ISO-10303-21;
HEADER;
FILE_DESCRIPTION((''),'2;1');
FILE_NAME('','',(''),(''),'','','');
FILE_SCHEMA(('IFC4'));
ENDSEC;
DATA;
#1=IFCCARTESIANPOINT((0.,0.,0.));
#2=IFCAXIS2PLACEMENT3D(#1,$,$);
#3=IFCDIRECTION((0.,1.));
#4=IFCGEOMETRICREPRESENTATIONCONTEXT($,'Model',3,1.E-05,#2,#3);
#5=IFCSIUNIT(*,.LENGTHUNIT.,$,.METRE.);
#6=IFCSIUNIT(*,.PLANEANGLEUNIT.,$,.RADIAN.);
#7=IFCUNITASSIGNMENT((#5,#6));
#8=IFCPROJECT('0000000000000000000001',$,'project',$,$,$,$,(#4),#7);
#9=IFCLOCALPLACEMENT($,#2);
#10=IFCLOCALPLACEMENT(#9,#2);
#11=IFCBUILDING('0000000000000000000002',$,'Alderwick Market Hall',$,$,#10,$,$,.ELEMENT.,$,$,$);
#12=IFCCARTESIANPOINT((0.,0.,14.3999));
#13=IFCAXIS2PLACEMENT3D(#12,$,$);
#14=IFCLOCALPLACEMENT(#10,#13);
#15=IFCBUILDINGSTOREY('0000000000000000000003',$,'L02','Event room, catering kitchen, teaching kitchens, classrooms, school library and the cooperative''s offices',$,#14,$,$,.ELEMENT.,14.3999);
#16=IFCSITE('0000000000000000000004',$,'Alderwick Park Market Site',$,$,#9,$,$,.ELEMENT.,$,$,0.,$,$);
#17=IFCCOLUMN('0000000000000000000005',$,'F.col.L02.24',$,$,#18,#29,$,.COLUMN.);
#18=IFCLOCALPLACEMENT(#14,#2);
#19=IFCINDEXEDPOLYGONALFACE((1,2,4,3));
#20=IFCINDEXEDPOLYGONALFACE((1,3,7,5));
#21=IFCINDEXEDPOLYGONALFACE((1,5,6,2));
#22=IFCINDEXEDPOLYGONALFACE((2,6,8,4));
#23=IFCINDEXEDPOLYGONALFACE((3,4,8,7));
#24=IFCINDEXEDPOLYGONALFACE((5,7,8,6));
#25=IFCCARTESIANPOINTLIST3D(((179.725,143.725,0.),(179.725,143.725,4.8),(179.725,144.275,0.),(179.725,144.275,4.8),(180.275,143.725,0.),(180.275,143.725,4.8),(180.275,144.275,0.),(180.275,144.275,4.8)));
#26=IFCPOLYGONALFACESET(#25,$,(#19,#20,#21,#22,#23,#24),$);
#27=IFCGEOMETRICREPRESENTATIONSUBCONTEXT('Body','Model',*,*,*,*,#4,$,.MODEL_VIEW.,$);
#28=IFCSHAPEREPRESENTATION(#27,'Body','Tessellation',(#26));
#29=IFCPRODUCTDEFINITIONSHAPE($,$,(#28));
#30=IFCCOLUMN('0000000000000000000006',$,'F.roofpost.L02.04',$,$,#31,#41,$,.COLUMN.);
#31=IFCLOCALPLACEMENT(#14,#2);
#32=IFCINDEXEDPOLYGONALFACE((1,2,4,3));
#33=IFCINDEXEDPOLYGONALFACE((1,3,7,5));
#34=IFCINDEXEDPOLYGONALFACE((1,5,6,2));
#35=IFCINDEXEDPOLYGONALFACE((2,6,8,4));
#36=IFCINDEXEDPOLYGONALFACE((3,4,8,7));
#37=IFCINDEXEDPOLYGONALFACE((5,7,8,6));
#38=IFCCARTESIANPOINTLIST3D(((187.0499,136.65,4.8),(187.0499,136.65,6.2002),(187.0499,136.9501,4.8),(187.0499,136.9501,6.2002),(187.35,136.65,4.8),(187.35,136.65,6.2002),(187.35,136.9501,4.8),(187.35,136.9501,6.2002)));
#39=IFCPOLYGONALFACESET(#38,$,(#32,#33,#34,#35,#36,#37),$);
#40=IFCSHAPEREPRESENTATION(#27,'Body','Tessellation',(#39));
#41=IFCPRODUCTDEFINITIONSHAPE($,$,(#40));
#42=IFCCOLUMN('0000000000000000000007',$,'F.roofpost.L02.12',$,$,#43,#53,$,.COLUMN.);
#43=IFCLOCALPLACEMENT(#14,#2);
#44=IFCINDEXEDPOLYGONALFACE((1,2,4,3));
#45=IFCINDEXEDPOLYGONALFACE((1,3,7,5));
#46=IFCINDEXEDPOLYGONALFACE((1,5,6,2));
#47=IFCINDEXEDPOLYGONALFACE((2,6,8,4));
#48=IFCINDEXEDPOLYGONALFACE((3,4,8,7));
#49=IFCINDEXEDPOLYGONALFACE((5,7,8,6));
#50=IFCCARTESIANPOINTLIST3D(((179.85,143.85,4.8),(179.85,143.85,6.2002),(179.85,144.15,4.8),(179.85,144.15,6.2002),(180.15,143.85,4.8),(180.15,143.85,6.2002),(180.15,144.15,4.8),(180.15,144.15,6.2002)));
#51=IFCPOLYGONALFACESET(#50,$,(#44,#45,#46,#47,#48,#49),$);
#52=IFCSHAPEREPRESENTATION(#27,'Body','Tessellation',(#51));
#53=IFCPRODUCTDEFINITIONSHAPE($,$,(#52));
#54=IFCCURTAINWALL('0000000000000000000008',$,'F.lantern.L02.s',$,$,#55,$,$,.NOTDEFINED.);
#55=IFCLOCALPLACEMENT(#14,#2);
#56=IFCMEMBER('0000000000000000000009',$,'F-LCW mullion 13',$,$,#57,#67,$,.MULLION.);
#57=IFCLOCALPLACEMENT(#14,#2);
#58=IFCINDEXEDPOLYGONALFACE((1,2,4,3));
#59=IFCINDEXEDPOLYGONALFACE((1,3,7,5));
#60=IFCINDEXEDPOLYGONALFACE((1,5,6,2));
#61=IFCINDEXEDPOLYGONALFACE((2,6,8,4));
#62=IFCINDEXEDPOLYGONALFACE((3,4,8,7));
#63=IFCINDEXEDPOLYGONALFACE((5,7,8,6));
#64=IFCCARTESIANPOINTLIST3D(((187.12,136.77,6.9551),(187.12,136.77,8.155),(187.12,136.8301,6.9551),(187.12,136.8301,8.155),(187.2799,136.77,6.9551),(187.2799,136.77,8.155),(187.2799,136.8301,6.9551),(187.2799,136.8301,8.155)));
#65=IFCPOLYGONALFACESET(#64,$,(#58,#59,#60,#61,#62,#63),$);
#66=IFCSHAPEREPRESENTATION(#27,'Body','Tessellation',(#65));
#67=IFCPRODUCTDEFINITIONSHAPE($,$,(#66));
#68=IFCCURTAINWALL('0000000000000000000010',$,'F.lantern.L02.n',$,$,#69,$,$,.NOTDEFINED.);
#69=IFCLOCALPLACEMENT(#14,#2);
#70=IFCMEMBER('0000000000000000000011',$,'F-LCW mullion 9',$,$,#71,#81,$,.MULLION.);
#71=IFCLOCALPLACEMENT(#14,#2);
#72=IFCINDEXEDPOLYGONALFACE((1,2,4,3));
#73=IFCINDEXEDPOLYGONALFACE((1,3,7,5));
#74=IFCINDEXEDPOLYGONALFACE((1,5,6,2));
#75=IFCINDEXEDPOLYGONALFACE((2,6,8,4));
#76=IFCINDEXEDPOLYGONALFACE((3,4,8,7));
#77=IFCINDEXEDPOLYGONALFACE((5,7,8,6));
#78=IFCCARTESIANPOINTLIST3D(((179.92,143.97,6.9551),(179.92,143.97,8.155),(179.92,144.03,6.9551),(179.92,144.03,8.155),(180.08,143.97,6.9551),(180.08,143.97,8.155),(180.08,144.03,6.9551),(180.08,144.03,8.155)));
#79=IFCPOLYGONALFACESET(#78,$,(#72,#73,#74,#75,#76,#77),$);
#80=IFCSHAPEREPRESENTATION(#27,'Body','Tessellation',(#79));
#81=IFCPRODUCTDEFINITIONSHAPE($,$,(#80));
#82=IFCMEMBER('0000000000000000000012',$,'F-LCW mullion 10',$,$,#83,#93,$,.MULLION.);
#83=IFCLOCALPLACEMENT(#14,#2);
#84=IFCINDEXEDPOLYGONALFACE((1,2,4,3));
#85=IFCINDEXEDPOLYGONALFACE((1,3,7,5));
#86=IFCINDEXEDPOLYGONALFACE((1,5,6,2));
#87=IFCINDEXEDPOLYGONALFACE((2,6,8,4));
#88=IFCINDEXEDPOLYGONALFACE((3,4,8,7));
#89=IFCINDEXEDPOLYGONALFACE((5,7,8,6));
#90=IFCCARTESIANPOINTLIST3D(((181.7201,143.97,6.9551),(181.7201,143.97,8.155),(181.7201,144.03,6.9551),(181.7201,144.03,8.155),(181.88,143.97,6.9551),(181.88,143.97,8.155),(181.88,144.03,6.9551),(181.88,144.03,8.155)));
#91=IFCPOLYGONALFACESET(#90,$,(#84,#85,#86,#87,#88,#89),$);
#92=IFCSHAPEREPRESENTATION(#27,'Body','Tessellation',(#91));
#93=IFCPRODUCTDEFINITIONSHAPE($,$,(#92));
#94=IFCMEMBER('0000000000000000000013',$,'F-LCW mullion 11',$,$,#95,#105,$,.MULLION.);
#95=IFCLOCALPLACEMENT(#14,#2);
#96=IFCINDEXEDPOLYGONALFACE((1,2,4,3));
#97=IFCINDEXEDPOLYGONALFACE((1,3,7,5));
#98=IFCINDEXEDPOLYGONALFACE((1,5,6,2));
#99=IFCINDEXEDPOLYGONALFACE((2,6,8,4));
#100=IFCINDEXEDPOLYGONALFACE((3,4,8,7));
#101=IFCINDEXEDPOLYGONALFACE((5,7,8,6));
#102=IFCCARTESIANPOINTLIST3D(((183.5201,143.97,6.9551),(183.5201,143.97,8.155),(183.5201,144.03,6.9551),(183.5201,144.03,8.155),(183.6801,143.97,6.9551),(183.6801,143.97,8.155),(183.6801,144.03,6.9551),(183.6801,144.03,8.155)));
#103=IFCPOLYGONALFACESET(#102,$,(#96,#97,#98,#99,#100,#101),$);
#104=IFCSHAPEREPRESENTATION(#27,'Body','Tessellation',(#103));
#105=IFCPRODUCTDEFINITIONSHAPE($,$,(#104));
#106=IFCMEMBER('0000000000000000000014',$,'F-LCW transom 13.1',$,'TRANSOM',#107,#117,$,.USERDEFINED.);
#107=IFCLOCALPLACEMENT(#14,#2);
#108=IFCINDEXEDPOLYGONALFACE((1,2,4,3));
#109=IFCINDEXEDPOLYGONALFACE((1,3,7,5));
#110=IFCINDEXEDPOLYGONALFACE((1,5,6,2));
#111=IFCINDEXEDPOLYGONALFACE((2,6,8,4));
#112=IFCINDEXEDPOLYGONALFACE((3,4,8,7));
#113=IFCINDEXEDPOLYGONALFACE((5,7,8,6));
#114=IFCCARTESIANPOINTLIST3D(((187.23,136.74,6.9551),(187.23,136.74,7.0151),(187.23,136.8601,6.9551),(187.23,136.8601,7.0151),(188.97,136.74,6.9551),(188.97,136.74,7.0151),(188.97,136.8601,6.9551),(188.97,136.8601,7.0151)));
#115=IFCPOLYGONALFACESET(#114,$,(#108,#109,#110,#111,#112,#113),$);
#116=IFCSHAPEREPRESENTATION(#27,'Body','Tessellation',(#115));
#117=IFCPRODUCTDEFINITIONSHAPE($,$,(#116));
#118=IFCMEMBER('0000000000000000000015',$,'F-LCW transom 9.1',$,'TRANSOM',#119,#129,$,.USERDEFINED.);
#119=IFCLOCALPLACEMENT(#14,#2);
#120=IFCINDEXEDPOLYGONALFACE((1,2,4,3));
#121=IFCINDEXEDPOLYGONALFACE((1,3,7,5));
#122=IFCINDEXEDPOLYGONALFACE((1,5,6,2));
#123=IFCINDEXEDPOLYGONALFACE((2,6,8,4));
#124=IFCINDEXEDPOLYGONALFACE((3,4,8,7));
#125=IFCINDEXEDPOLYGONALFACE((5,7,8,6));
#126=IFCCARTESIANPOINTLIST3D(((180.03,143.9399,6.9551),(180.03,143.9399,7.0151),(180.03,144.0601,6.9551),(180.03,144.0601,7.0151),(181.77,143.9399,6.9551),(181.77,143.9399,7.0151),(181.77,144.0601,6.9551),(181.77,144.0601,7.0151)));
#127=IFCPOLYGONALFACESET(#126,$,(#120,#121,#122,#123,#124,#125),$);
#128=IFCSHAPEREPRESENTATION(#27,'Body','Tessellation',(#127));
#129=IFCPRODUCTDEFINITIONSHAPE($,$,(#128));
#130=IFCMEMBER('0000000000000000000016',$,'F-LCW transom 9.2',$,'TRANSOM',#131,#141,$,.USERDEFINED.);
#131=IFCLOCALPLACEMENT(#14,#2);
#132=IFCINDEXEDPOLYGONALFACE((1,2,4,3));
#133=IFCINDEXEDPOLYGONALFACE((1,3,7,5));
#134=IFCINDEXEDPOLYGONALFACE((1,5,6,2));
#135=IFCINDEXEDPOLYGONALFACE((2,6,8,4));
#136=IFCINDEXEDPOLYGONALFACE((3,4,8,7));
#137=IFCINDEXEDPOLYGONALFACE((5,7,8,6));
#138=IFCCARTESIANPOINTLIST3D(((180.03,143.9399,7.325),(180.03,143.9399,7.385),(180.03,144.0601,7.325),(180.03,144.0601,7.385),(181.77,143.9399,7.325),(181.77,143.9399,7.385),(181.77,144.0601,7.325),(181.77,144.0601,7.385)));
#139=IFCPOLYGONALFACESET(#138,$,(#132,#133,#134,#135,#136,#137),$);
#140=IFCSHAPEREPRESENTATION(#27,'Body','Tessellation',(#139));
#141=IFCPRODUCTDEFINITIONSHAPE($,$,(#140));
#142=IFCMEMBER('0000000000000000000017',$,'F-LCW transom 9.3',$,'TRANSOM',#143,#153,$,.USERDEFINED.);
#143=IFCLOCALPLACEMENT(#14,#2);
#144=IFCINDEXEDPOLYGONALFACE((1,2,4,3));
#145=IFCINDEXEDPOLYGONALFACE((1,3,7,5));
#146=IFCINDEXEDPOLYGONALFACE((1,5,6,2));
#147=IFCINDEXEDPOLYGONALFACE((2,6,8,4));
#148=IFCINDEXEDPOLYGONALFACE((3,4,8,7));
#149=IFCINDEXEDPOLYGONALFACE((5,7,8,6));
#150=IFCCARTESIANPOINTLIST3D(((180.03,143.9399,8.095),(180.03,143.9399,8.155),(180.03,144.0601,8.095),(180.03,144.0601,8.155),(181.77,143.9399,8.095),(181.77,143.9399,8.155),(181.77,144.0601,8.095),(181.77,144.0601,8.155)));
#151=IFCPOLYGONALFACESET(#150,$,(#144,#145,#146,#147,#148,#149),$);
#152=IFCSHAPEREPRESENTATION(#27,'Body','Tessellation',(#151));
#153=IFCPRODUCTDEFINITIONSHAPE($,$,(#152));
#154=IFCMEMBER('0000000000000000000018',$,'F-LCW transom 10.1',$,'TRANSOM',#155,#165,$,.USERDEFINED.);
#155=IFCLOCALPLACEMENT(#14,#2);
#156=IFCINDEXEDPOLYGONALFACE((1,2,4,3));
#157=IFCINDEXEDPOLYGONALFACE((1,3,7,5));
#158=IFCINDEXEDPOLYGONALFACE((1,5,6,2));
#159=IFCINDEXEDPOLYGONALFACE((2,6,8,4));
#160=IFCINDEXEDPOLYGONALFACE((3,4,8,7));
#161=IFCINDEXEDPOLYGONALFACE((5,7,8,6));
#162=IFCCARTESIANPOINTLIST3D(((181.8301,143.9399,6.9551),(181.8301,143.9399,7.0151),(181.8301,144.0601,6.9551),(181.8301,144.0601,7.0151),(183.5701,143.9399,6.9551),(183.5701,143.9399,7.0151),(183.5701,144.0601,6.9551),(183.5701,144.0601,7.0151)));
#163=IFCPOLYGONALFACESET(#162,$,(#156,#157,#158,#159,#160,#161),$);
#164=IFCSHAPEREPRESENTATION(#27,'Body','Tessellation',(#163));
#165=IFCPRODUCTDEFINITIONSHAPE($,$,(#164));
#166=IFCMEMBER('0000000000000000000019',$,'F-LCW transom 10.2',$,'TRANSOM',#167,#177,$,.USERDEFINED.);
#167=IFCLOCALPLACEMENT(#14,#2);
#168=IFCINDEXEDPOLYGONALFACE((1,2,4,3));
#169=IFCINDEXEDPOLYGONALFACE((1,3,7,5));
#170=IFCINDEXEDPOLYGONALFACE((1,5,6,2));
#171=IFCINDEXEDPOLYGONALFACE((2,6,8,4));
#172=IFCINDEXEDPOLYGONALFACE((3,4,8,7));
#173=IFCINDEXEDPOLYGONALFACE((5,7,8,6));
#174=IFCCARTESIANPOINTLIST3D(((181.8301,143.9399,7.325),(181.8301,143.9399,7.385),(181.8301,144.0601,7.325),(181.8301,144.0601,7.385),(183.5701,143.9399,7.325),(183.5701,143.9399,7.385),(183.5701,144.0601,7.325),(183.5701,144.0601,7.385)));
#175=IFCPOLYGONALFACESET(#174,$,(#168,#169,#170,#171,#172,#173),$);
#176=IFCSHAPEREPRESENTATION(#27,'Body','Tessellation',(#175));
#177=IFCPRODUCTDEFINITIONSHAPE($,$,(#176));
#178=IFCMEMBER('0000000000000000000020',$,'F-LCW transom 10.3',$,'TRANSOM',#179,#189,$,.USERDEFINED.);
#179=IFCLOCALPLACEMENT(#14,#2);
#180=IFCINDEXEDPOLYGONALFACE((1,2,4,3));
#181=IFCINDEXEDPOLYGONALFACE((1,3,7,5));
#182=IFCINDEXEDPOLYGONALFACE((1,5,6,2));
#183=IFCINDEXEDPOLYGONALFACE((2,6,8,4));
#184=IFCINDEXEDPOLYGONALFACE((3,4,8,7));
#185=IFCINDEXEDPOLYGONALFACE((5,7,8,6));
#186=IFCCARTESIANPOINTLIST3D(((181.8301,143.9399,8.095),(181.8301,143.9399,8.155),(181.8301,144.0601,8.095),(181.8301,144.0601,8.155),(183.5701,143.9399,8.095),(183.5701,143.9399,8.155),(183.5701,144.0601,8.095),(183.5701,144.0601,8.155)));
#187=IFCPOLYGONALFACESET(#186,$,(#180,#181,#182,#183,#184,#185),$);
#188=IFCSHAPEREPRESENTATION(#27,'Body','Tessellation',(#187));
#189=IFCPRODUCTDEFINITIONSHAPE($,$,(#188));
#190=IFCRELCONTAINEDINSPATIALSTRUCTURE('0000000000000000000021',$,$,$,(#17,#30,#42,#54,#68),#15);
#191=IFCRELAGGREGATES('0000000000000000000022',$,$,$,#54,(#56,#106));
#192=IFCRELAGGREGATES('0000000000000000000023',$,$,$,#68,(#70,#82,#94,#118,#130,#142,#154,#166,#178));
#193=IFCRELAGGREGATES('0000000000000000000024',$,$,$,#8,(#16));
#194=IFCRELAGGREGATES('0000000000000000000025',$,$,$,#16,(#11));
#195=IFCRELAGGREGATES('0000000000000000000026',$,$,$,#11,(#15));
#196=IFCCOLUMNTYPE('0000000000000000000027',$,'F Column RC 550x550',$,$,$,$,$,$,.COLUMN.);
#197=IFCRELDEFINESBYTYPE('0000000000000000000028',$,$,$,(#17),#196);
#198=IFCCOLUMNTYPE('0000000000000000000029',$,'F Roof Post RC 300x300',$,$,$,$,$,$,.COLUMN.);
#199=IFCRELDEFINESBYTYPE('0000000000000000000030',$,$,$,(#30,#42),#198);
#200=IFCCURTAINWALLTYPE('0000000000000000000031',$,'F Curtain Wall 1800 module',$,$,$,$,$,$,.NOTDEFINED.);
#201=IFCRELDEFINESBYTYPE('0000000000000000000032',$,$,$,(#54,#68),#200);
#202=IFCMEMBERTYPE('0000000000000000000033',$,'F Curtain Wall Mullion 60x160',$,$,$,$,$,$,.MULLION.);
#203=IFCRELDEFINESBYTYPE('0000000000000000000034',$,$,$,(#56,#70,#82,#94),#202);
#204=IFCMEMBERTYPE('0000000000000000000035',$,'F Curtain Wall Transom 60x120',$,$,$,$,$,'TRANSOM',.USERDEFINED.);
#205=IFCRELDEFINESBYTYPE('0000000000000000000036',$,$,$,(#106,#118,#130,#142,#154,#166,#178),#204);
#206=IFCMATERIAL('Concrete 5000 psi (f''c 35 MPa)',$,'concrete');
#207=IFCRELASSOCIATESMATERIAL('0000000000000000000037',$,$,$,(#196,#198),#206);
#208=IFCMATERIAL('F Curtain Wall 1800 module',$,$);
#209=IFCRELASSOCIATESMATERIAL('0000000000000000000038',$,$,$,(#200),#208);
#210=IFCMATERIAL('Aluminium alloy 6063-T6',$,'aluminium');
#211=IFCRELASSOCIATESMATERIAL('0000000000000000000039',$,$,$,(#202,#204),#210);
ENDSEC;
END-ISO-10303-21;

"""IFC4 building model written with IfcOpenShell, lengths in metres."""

from ifc_helpers import new_model, si_unit, direction, frame, origin, origin_2d, place, context, subcontext, project, spatial, rectangle, extrude, material, material_profile, profile_set, type_object, element, aggregate, save


model = new_model("IFC4")

# Units and contexts
model_context = context("Model", 3, precision=1e-05, world=origin(), true_north=direction((0.0, 1.0)))
body_context = subcontext(model_context, "Body", "Model", "MODEL_VIEW")
ifc_project = project(units=[si_unit("LENGTHUNIT", "METRE"), si_unit("PLANEANGLEUNIT", "RADIAN")], contexts=[model_context])

# Site, building, storey
site_placement = place(None, origin())
site = spatial("IfcSite", under=ifc_project, at=site_placement, Name="Alderwick Park Market Site", CompositionType="ELEMENT", RefElevation=0.0)
building_placement = place(site_placement, origin())
building = spatial("IfcBuilding", under=site, at=building_placement, Name="Alderwick Market Hall", CompositionType="ELEMENT")
storey_placement = place(building_placement, frame((0.0, 0.0, 14.3999)))
storey = spatial("IfcBuildingStorey", under=building, at=storey_placement, Name="L02", Description="Event room, catering kitchen, teaching kitchens, classrooms, school library and the cooperative's offices", CompositionType="ELEMENT", Elevation=14.3999)

# Columns
ifc_material_1 = material(Name="Concrete 5000 psi (f'c 35 MPa)", Category="concrete")
ifc_material_profile_1 = material_profile(ifc_material_1, rectangle(XDim=0.55, YDim=0.55, at=origin_2d()), Name="RC 550x550")
ifc_profile_set_1 = profile_set([ifc_material_profile_1], Name="Concrete 5000 psi (f'c 35 MPa)")
column_type_1 = type_object("IfcColumnType", Name="F Column RC 550x550", PredefinedType="COLUMN", material=ifc_profile_set_1)
column_placement = place(storey_placement, frame((180.0, 144.0, 0.0), z_axis=(0.0, 0.0, 1.0), x_axis=(1.0, 0.0, 0.0)))
element("IfcColumn", 1, at=column_placement, inside=storey, type_object=column_type_1, Name="F.col.L02.24", PredefinedType="COLUMN", context=body_context, shape_type="SweptSolid", body=[
    extrude(rectangle(XDim=0.55, YDim=0.55, at=origin_2d()), origin(), (0.0, 0.0, 1.0), 4.8),
])
ifc_material_profile_2 = material_profile(ifc_material_1, rectangle(XDim=0.3, YDim=0.3, at=origin_2d()), Name="RC 300x300")
ifc_profile_set_2 = profile_set([ifc_material_profile_2], Name="Concrete 5000 psi (f'c 35 MPa)")
column_type_2 = type_object("IfcColumnType", Name="F Roof Post RC 300x300", PredefinedType="COLUMN", material=ifc_profile_set_2)
for number, where, z_axis, x_axis, name in (
    (2, (187.2, 136.8, 4.8), (0.0, 0.0, 1.0), (1.0, 0.0, 0.0), "F.roofpost.L02.04"),
    (3, (180.0, 144.0, 4.8), (0.0, 0.0, 1.0), (1.0, 0.0, 0.0), "F.roofpost.L02.12"),
):
    element("IfcColumn", number, at=place(storey_placement, frame(where, z_axis=z_axis, x_axis=x_axis)), inside=storey, type_object=column_type_2, Name=name, PredefinedType="COLUMN", context=body_context, shape_type="SweptSolid", body=[
        extrude(rectangle(XDim=0.3, YDim=0.3, at=origin_2d()), origin(), (0.0, 0.0, 1.0), 1.4001),
    ])

# Curtain wall, member
ifc_material_2 = material(Name="F Curtain Wall 1800 module")
curtain_wall_type = type_object("IfcCurtainWallType", Name="F Curtain Wall 1800 module", PredefinedType="NOTDEFINED", material=ifc_material_2)
curtain_wall_1_placement = place(storey_placement, origin())
curtain_wall_1 = element("IfcCurtainWall", 4, at=curtain_wall_1_placement, inside=storey, type_object=curtain_wall_type, Name="F.lantern.L02.s", PredefinedType="NOTDEFINED")
ifc_material_3 = material(Name="Aluminium alloy 6063-T6", Category="aluminium")
ifc_material_profile_3 = material_profile(ifc_material_3, rectangle(XDim=0.0601, YDim=0.1599, at=origin_2d()), Name="AL 60x160")
ifc_profile_set_3 = profile_set([ifc_material_profile_3], Name="Aluminium alloy 6063-T6")
member_type_1 = type_object("IfcMemberType", Name="F Curtain Wall Mullion 60x160", PredefinedType="MULLION", material=ifc_profile_set_3)
member_1_placement = place(storey_placement, frame((187.2, 136.8, 6.9551), z_axis=(0.0, 0.0, 1.0), x_axis=(0.0, 1.0, 0.0)))
member_1 = element("IfcMember", 5, at=member_1_placement, type_object=member_type_1, Name="F-LCW mullion 13", PredefinedType="MULLION", context=body_context, shape_type="SweptSolid", body=[
    extrude(rectangle(XDim=0.0601, YDim=0.1599, at=origin_2d()), origin(), (0.0, 0.0, 1.0), 1.2),
])

# Curtain wall, members
curtain_wall_2_placement = place(storey_placement, origin())
curtain_wall_2 = element("IfcCurtainWall", 6, at=curtain_wall_2_placement, inside=storey, type_object=curtain_wall_type, Name="F.lantern.L02.n", PredefinedType="NOTDEFINED")
member_2_placement = place(storey_placement, frame((180.0, 144.0, 6.9551), z_axis=(0.0, 0.0, 1.0), x_axis=(0.0, 1.0, 0.0)))
member_2 = element("IfcMember", 7, at=member_2_placement, type_object=member_type_1, Name="F-LCW mullion 9", PredefinedType="MULLION", context=body_context, shape_type="SweptSolid", body=[
    extrude(rectangle(XDim=0.0601, YDim=0.1599, at=origin_2d()), origin(), (0.0, 0.0, 1.0), 1.2),
])
member_3_placement = place(storey_placement, frame((181.8, 144.0, 6.9551), z_axis=(0.0, 0.0, 1.0), x_axis=(0.0, 1.0, 0.0)))
member_3 = element("IfcMember", 8, at=member_3_placement, type_object=member_type_1, Name="F-LCW mullion 10", PredefinedType="MULLION", context=body_context, shape_type="SweptSolid", body=[
    extrude(rectangle(XDim=0.0601, YDim=0.1599, at=origin_2d()), origin(), (0.0, 0.0, 1.0), 1.2),
])
member_4_placement = place(storey_placement, frame((183.6001, 144.0, 6.9551), z_axis=(0.0, 0.0, 1.0), x_axis=(0.0, 1.0, 0.0)))
member_4 = element("IfcMember", 9, at=member_4_placement, type_object=member_type_1, Name="F-LCW mullion 11", PredefinedType="MULLION", context=body_context, shape_type="SweptSolid", body=[
    extrude(rectangle(XDim=0.0601, YDim=0.1599, at=origin_2d()), origin(), (0.0, 0.0, 1.0), 1.2),
])

# Members
ifc_material_profile_4 = material_profile(ifc_material_3, rectangle(XDim=0.1201, YDim=0.0601, at=origin_2d()), Name="AL 60x120")
ifc_profile_set_4 = profile_set([ifc_material_profile_4], Name="Aluminium alloy 6063-T6")
member_type_2 = type_object("IfcMemberType", Name="F Curtain Wall Transom 60x120", ElementType="TRANSOM", PredefinedType="USERDEFINED", material=ifc_profile_set_4)
member_5_placement = place(storey_placement, frame((187.23, 136.8, 6.9851), z_axis=(1.0, 0.0, 0.0), x_axis=(0.0, 1.0, 0.0)))
member_5 = element("IfcMember", 10, at=member_5_placement, type_object=member_type_2, Name="F-LCW transom 13.1", ObjectType="TRANSOM", PredefinedType="USERDEFINED", context=body_context, shape_type="SweptSolid", body=[
    extrude(rectangle(XDim=0.1201, YDim=0.0601, at=origin_2d()), origin(), (0.0, 0.0, 1.0), 1.74),
])
aggregate(curtain_wall_1, [member_1, member_5])
member_6_placement = place(storey_placement, frame((180.03, 144.0, 6.9851), z_axis=(1.0, 0.0, 0.0), x_axis=(0.0, 1.0, 0.0)))
member_6 = element("IfcMember", 11, at=member_6_placement, type_object=member_type_2, Name="F-LCW transom 9.1", ObjectType="TRANSOM", PredefinedType="USERDEFINED", context=body_context, shape_type="SweptSolid", body=[
    extrude(rectangle(XDim=0.1201, YDim=0.0601, at=origin_2d()), origin(), (0.0, 0.0, 1.0), 1.74),
])
member_7_placement = place(storey_placement, frame((180.03, 144.0, 7.355), z_axis=(1.0, 0.0, 0.0), x_axis=(0.0, 1.0, 0.0)))
member_7 = element("IfcMember", 12, at=member_7_placement, type_object=member_type_2, Name="F-LCW transom 9.2", ObjectType="TRANSOM", PredefinedType="USERDEFINED", context=body_context, shape_type="SweptSolid", body=[
    extrude(rectangle(XDim=0.1201, YDim=0.0601, at=origin_2d()), origin(), (0.0, 0.0, 1.0), 1.74),
])
member_8_placement = place(storey_placement, frame((180.03, 144.0, 8.125), z_axis=(1.0, 0.0, 0.0), x_axis=(0.0, 1.0, 0.0)))
member_8 = element("IfcMember", 13, at=member_8_placement, type_object=member_type_2, Name="F-LCW transom 9.3", ObjectType="TRANSOM", PredefinedType="USERDEFINED", context=body_context, shape_type="SweptSolid", body=[
    extrude(rectangle(XDim=0.1201, YDim=0.0601, at=origin_2d()), origin(), (0.0, 0.0, 1.0), 1.74),
])
member_9_placement = place(storey_placement, frame((181.8301, 144.0, 6.9851), z_axis=(1.0, 0.0, 0.0), x_axis=(0.0, 1.0, 0.0)))
member_9 = element("IfcMember", 14, at=member_9_placement, type_object=member_type_2, Name="F-LCW transom 10.1", ObjectType="TRANSOM", PredefinedType="USERDEFINED", context=body_context, shape_type="SweptSolid", body=[
    extrude(rectangle(XDim=0.1201, YDim=0.0601, at=origin_2d()), origin(), (0.0, 0.0, 1.0), 1.74),
])
member_10_placement = place(storey_placement, frame((181.8301, 144.0, 7.355), z_axis=(1.0, 0.0, 0.0), x_axis=(0.0, 1.0, 0.0)))
member_10 = element("IfcMember", 15, at=member_10_placement, type_object=member_type_2, Name="F-LCW transom 10.2", ObjectType="TRANSOM", PredefinedType="USERDEFINED", context=body_context, shape_type="SweptSolid", body=[
    extrude(rectangle(XDim=0.1201, YDim=0.0601, at=origin_2d()), origin(), (0.0, 0.0, 1.0), 1.74),
])
member_11_placement = place(storey_placement, frame((181.8301, 144.0, 8.125), z_axis=(1.0, 0.0, 0.0), x_axis=(0.0, 1.0, 0.0)))
member_11 = element("IfcMember", 16, at=member_11_placement, type_object=member_type_2, Name="F-LCW transom 10.3", ObjectType="TRANSOM", PredefinedType="USERDEFINED", context=body_context, shape_type="SweptSolid", body=[
    extrude(rectangle(XDim=0.1201, YDim=0.0601, at=origin_2d()), origin(), (0.0, 0.0, 1.0), 1.74),
])

aggregate(curtain_wall_2, [member_2, member_3, member_4, member_6, member_7, member_8, member_9, member_10, member_11])

save(model, "model.ifc")
